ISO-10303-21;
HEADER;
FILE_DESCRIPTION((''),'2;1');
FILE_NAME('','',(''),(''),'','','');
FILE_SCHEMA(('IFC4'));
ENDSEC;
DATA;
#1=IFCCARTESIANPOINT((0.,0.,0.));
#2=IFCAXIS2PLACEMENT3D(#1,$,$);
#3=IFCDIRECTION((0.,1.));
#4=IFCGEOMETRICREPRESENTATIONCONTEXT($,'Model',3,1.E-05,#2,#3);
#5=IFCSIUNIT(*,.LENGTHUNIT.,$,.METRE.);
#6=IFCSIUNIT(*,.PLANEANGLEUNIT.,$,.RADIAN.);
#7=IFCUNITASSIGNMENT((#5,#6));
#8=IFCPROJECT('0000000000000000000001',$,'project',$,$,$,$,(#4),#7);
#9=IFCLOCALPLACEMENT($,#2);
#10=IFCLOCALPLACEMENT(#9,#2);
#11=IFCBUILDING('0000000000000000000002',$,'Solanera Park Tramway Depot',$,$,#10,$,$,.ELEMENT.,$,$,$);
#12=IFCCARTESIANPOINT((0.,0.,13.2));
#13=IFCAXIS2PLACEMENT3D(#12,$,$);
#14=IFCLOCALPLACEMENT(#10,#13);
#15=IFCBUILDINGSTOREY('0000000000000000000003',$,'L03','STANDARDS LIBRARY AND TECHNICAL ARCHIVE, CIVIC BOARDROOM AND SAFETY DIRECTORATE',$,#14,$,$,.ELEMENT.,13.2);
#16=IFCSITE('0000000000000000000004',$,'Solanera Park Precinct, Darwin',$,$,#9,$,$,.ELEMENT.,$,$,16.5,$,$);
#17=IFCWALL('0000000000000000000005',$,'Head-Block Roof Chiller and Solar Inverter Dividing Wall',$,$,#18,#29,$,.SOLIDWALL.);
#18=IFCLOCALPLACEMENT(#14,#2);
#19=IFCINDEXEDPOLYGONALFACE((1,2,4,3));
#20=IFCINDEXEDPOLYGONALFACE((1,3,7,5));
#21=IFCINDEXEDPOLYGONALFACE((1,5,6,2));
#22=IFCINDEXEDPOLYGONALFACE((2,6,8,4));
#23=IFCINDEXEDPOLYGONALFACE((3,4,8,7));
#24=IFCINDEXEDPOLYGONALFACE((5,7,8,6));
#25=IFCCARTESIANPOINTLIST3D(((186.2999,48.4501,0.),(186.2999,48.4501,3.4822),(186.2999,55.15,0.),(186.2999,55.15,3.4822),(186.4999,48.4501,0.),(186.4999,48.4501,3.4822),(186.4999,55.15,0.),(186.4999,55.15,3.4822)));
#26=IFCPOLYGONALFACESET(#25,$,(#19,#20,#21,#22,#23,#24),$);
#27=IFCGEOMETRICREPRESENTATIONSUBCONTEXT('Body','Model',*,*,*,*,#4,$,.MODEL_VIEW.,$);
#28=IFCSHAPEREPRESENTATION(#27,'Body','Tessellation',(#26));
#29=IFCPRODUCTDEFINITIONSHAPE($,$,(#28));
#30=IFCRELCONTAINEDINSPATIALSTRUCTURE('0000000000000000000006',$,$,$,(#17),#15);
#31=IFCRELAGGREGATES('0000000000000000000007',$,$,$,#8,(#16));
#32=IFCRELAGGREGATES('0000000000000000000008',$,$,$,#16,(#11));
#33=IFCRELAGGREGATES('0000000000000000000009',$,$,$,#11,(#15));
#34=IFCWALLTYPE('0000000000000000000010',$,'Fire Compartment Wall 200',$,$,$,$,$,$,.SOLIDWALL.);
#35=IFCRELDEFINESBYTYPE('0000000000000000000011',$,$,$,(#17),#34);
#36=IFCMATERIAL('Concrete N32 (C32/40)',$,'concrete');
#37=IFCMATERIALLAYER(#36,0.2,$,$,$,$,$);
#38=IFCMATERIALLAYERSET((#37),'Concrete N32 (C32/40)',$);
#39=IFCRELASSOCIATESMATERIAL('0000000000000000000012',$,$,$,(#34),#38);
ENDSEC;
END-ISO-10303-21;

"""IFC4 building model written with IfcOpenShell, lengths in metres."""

from ifc_helpers import new_model, si_unit, direction, frame, frame_2d, origin, place, context, subcontext, project, spatial, rectangle, extrude, material, layer, layer_set, type_object, element, save


model = new_model("IFC4")

# Units and contexts
model_context = context("Model", 3, precision=1e-05, world=origin(), true_north=direction((0.0, 1.0)))
body_context = subcontext(model_context, "Body", "Model", "MODEL_VIEW")
ifc_project = project(units=[si_unit("LENGTHUNIT", "METRE"), si_unit("PLANEANGLEUNIT", "RADIAN")], contexts=[model_context])

# Site, building, storey
site_placement = place(None, origin())
site = spatial("IfcSite", under=ifc_project, at=site_placement, Name="Solanera Park Precinct, Darwin", CompositionType="ELEMENT", RefElevation=16.5)
building_placement = place(site_placement, origin())
building = spatial("IfcBuilding", under=site, at=building_placement, Name="Solanera Park Tramway Depot", CompositionType="ELEMENT")
storey_placement = place(building_placement, frame((0.0, 0.0, 13.2)))
storey = spatial("IfcBuildingStorey", under=building, at=storey_placement, Name="L03", Description="STANDARDS LIBRARY AND TECHNICAL ARCHIVE, CIVIC BOARDROOM AND SAFETY DIRECTORATE", CompositionType="ELEMENT", Elevation=13.2)

# Wall
ifc_material_1 = material(Name="Concrete N32 (C32/40)", Category="concrete")
ifc_layer_1 = layer(ifc_material_1, 0.2)
ifc_layer_set_1 = layer_set([ifc_layer_1], Name="Concrete N32 (C32/40)")
wall_type_1 = type_object("IfcWallType", Name="Fire Compartment Wall 200", PredefinedType="SOLIDWALL", material=ifc_layer_set_1)
wall_1_placement = place(storey_placement, frame((186.3999, 48.45, 0.0), z_axis=(0.0, 0.0, 1.0), x_axis=(0.0, 1.0, 0.0)))
element("IfcWall", 1, at=wall_1_placement, inside=storey, type_object=wall_type_1, Name="Head-Block Roof Chiller and Solar Inverter Dividing Wall", PredefinedType="SOLIDWALL", context=body_context, shape_type="SweptSolid", body=[
    extrude(rectangle(XDim=6.7, YDim=0.2, at=frame_2d((3.3501, 0.0))), origin(), (0.0, 0.0, 1.0), 3.4822),
])

save(model, "model.ifc")
